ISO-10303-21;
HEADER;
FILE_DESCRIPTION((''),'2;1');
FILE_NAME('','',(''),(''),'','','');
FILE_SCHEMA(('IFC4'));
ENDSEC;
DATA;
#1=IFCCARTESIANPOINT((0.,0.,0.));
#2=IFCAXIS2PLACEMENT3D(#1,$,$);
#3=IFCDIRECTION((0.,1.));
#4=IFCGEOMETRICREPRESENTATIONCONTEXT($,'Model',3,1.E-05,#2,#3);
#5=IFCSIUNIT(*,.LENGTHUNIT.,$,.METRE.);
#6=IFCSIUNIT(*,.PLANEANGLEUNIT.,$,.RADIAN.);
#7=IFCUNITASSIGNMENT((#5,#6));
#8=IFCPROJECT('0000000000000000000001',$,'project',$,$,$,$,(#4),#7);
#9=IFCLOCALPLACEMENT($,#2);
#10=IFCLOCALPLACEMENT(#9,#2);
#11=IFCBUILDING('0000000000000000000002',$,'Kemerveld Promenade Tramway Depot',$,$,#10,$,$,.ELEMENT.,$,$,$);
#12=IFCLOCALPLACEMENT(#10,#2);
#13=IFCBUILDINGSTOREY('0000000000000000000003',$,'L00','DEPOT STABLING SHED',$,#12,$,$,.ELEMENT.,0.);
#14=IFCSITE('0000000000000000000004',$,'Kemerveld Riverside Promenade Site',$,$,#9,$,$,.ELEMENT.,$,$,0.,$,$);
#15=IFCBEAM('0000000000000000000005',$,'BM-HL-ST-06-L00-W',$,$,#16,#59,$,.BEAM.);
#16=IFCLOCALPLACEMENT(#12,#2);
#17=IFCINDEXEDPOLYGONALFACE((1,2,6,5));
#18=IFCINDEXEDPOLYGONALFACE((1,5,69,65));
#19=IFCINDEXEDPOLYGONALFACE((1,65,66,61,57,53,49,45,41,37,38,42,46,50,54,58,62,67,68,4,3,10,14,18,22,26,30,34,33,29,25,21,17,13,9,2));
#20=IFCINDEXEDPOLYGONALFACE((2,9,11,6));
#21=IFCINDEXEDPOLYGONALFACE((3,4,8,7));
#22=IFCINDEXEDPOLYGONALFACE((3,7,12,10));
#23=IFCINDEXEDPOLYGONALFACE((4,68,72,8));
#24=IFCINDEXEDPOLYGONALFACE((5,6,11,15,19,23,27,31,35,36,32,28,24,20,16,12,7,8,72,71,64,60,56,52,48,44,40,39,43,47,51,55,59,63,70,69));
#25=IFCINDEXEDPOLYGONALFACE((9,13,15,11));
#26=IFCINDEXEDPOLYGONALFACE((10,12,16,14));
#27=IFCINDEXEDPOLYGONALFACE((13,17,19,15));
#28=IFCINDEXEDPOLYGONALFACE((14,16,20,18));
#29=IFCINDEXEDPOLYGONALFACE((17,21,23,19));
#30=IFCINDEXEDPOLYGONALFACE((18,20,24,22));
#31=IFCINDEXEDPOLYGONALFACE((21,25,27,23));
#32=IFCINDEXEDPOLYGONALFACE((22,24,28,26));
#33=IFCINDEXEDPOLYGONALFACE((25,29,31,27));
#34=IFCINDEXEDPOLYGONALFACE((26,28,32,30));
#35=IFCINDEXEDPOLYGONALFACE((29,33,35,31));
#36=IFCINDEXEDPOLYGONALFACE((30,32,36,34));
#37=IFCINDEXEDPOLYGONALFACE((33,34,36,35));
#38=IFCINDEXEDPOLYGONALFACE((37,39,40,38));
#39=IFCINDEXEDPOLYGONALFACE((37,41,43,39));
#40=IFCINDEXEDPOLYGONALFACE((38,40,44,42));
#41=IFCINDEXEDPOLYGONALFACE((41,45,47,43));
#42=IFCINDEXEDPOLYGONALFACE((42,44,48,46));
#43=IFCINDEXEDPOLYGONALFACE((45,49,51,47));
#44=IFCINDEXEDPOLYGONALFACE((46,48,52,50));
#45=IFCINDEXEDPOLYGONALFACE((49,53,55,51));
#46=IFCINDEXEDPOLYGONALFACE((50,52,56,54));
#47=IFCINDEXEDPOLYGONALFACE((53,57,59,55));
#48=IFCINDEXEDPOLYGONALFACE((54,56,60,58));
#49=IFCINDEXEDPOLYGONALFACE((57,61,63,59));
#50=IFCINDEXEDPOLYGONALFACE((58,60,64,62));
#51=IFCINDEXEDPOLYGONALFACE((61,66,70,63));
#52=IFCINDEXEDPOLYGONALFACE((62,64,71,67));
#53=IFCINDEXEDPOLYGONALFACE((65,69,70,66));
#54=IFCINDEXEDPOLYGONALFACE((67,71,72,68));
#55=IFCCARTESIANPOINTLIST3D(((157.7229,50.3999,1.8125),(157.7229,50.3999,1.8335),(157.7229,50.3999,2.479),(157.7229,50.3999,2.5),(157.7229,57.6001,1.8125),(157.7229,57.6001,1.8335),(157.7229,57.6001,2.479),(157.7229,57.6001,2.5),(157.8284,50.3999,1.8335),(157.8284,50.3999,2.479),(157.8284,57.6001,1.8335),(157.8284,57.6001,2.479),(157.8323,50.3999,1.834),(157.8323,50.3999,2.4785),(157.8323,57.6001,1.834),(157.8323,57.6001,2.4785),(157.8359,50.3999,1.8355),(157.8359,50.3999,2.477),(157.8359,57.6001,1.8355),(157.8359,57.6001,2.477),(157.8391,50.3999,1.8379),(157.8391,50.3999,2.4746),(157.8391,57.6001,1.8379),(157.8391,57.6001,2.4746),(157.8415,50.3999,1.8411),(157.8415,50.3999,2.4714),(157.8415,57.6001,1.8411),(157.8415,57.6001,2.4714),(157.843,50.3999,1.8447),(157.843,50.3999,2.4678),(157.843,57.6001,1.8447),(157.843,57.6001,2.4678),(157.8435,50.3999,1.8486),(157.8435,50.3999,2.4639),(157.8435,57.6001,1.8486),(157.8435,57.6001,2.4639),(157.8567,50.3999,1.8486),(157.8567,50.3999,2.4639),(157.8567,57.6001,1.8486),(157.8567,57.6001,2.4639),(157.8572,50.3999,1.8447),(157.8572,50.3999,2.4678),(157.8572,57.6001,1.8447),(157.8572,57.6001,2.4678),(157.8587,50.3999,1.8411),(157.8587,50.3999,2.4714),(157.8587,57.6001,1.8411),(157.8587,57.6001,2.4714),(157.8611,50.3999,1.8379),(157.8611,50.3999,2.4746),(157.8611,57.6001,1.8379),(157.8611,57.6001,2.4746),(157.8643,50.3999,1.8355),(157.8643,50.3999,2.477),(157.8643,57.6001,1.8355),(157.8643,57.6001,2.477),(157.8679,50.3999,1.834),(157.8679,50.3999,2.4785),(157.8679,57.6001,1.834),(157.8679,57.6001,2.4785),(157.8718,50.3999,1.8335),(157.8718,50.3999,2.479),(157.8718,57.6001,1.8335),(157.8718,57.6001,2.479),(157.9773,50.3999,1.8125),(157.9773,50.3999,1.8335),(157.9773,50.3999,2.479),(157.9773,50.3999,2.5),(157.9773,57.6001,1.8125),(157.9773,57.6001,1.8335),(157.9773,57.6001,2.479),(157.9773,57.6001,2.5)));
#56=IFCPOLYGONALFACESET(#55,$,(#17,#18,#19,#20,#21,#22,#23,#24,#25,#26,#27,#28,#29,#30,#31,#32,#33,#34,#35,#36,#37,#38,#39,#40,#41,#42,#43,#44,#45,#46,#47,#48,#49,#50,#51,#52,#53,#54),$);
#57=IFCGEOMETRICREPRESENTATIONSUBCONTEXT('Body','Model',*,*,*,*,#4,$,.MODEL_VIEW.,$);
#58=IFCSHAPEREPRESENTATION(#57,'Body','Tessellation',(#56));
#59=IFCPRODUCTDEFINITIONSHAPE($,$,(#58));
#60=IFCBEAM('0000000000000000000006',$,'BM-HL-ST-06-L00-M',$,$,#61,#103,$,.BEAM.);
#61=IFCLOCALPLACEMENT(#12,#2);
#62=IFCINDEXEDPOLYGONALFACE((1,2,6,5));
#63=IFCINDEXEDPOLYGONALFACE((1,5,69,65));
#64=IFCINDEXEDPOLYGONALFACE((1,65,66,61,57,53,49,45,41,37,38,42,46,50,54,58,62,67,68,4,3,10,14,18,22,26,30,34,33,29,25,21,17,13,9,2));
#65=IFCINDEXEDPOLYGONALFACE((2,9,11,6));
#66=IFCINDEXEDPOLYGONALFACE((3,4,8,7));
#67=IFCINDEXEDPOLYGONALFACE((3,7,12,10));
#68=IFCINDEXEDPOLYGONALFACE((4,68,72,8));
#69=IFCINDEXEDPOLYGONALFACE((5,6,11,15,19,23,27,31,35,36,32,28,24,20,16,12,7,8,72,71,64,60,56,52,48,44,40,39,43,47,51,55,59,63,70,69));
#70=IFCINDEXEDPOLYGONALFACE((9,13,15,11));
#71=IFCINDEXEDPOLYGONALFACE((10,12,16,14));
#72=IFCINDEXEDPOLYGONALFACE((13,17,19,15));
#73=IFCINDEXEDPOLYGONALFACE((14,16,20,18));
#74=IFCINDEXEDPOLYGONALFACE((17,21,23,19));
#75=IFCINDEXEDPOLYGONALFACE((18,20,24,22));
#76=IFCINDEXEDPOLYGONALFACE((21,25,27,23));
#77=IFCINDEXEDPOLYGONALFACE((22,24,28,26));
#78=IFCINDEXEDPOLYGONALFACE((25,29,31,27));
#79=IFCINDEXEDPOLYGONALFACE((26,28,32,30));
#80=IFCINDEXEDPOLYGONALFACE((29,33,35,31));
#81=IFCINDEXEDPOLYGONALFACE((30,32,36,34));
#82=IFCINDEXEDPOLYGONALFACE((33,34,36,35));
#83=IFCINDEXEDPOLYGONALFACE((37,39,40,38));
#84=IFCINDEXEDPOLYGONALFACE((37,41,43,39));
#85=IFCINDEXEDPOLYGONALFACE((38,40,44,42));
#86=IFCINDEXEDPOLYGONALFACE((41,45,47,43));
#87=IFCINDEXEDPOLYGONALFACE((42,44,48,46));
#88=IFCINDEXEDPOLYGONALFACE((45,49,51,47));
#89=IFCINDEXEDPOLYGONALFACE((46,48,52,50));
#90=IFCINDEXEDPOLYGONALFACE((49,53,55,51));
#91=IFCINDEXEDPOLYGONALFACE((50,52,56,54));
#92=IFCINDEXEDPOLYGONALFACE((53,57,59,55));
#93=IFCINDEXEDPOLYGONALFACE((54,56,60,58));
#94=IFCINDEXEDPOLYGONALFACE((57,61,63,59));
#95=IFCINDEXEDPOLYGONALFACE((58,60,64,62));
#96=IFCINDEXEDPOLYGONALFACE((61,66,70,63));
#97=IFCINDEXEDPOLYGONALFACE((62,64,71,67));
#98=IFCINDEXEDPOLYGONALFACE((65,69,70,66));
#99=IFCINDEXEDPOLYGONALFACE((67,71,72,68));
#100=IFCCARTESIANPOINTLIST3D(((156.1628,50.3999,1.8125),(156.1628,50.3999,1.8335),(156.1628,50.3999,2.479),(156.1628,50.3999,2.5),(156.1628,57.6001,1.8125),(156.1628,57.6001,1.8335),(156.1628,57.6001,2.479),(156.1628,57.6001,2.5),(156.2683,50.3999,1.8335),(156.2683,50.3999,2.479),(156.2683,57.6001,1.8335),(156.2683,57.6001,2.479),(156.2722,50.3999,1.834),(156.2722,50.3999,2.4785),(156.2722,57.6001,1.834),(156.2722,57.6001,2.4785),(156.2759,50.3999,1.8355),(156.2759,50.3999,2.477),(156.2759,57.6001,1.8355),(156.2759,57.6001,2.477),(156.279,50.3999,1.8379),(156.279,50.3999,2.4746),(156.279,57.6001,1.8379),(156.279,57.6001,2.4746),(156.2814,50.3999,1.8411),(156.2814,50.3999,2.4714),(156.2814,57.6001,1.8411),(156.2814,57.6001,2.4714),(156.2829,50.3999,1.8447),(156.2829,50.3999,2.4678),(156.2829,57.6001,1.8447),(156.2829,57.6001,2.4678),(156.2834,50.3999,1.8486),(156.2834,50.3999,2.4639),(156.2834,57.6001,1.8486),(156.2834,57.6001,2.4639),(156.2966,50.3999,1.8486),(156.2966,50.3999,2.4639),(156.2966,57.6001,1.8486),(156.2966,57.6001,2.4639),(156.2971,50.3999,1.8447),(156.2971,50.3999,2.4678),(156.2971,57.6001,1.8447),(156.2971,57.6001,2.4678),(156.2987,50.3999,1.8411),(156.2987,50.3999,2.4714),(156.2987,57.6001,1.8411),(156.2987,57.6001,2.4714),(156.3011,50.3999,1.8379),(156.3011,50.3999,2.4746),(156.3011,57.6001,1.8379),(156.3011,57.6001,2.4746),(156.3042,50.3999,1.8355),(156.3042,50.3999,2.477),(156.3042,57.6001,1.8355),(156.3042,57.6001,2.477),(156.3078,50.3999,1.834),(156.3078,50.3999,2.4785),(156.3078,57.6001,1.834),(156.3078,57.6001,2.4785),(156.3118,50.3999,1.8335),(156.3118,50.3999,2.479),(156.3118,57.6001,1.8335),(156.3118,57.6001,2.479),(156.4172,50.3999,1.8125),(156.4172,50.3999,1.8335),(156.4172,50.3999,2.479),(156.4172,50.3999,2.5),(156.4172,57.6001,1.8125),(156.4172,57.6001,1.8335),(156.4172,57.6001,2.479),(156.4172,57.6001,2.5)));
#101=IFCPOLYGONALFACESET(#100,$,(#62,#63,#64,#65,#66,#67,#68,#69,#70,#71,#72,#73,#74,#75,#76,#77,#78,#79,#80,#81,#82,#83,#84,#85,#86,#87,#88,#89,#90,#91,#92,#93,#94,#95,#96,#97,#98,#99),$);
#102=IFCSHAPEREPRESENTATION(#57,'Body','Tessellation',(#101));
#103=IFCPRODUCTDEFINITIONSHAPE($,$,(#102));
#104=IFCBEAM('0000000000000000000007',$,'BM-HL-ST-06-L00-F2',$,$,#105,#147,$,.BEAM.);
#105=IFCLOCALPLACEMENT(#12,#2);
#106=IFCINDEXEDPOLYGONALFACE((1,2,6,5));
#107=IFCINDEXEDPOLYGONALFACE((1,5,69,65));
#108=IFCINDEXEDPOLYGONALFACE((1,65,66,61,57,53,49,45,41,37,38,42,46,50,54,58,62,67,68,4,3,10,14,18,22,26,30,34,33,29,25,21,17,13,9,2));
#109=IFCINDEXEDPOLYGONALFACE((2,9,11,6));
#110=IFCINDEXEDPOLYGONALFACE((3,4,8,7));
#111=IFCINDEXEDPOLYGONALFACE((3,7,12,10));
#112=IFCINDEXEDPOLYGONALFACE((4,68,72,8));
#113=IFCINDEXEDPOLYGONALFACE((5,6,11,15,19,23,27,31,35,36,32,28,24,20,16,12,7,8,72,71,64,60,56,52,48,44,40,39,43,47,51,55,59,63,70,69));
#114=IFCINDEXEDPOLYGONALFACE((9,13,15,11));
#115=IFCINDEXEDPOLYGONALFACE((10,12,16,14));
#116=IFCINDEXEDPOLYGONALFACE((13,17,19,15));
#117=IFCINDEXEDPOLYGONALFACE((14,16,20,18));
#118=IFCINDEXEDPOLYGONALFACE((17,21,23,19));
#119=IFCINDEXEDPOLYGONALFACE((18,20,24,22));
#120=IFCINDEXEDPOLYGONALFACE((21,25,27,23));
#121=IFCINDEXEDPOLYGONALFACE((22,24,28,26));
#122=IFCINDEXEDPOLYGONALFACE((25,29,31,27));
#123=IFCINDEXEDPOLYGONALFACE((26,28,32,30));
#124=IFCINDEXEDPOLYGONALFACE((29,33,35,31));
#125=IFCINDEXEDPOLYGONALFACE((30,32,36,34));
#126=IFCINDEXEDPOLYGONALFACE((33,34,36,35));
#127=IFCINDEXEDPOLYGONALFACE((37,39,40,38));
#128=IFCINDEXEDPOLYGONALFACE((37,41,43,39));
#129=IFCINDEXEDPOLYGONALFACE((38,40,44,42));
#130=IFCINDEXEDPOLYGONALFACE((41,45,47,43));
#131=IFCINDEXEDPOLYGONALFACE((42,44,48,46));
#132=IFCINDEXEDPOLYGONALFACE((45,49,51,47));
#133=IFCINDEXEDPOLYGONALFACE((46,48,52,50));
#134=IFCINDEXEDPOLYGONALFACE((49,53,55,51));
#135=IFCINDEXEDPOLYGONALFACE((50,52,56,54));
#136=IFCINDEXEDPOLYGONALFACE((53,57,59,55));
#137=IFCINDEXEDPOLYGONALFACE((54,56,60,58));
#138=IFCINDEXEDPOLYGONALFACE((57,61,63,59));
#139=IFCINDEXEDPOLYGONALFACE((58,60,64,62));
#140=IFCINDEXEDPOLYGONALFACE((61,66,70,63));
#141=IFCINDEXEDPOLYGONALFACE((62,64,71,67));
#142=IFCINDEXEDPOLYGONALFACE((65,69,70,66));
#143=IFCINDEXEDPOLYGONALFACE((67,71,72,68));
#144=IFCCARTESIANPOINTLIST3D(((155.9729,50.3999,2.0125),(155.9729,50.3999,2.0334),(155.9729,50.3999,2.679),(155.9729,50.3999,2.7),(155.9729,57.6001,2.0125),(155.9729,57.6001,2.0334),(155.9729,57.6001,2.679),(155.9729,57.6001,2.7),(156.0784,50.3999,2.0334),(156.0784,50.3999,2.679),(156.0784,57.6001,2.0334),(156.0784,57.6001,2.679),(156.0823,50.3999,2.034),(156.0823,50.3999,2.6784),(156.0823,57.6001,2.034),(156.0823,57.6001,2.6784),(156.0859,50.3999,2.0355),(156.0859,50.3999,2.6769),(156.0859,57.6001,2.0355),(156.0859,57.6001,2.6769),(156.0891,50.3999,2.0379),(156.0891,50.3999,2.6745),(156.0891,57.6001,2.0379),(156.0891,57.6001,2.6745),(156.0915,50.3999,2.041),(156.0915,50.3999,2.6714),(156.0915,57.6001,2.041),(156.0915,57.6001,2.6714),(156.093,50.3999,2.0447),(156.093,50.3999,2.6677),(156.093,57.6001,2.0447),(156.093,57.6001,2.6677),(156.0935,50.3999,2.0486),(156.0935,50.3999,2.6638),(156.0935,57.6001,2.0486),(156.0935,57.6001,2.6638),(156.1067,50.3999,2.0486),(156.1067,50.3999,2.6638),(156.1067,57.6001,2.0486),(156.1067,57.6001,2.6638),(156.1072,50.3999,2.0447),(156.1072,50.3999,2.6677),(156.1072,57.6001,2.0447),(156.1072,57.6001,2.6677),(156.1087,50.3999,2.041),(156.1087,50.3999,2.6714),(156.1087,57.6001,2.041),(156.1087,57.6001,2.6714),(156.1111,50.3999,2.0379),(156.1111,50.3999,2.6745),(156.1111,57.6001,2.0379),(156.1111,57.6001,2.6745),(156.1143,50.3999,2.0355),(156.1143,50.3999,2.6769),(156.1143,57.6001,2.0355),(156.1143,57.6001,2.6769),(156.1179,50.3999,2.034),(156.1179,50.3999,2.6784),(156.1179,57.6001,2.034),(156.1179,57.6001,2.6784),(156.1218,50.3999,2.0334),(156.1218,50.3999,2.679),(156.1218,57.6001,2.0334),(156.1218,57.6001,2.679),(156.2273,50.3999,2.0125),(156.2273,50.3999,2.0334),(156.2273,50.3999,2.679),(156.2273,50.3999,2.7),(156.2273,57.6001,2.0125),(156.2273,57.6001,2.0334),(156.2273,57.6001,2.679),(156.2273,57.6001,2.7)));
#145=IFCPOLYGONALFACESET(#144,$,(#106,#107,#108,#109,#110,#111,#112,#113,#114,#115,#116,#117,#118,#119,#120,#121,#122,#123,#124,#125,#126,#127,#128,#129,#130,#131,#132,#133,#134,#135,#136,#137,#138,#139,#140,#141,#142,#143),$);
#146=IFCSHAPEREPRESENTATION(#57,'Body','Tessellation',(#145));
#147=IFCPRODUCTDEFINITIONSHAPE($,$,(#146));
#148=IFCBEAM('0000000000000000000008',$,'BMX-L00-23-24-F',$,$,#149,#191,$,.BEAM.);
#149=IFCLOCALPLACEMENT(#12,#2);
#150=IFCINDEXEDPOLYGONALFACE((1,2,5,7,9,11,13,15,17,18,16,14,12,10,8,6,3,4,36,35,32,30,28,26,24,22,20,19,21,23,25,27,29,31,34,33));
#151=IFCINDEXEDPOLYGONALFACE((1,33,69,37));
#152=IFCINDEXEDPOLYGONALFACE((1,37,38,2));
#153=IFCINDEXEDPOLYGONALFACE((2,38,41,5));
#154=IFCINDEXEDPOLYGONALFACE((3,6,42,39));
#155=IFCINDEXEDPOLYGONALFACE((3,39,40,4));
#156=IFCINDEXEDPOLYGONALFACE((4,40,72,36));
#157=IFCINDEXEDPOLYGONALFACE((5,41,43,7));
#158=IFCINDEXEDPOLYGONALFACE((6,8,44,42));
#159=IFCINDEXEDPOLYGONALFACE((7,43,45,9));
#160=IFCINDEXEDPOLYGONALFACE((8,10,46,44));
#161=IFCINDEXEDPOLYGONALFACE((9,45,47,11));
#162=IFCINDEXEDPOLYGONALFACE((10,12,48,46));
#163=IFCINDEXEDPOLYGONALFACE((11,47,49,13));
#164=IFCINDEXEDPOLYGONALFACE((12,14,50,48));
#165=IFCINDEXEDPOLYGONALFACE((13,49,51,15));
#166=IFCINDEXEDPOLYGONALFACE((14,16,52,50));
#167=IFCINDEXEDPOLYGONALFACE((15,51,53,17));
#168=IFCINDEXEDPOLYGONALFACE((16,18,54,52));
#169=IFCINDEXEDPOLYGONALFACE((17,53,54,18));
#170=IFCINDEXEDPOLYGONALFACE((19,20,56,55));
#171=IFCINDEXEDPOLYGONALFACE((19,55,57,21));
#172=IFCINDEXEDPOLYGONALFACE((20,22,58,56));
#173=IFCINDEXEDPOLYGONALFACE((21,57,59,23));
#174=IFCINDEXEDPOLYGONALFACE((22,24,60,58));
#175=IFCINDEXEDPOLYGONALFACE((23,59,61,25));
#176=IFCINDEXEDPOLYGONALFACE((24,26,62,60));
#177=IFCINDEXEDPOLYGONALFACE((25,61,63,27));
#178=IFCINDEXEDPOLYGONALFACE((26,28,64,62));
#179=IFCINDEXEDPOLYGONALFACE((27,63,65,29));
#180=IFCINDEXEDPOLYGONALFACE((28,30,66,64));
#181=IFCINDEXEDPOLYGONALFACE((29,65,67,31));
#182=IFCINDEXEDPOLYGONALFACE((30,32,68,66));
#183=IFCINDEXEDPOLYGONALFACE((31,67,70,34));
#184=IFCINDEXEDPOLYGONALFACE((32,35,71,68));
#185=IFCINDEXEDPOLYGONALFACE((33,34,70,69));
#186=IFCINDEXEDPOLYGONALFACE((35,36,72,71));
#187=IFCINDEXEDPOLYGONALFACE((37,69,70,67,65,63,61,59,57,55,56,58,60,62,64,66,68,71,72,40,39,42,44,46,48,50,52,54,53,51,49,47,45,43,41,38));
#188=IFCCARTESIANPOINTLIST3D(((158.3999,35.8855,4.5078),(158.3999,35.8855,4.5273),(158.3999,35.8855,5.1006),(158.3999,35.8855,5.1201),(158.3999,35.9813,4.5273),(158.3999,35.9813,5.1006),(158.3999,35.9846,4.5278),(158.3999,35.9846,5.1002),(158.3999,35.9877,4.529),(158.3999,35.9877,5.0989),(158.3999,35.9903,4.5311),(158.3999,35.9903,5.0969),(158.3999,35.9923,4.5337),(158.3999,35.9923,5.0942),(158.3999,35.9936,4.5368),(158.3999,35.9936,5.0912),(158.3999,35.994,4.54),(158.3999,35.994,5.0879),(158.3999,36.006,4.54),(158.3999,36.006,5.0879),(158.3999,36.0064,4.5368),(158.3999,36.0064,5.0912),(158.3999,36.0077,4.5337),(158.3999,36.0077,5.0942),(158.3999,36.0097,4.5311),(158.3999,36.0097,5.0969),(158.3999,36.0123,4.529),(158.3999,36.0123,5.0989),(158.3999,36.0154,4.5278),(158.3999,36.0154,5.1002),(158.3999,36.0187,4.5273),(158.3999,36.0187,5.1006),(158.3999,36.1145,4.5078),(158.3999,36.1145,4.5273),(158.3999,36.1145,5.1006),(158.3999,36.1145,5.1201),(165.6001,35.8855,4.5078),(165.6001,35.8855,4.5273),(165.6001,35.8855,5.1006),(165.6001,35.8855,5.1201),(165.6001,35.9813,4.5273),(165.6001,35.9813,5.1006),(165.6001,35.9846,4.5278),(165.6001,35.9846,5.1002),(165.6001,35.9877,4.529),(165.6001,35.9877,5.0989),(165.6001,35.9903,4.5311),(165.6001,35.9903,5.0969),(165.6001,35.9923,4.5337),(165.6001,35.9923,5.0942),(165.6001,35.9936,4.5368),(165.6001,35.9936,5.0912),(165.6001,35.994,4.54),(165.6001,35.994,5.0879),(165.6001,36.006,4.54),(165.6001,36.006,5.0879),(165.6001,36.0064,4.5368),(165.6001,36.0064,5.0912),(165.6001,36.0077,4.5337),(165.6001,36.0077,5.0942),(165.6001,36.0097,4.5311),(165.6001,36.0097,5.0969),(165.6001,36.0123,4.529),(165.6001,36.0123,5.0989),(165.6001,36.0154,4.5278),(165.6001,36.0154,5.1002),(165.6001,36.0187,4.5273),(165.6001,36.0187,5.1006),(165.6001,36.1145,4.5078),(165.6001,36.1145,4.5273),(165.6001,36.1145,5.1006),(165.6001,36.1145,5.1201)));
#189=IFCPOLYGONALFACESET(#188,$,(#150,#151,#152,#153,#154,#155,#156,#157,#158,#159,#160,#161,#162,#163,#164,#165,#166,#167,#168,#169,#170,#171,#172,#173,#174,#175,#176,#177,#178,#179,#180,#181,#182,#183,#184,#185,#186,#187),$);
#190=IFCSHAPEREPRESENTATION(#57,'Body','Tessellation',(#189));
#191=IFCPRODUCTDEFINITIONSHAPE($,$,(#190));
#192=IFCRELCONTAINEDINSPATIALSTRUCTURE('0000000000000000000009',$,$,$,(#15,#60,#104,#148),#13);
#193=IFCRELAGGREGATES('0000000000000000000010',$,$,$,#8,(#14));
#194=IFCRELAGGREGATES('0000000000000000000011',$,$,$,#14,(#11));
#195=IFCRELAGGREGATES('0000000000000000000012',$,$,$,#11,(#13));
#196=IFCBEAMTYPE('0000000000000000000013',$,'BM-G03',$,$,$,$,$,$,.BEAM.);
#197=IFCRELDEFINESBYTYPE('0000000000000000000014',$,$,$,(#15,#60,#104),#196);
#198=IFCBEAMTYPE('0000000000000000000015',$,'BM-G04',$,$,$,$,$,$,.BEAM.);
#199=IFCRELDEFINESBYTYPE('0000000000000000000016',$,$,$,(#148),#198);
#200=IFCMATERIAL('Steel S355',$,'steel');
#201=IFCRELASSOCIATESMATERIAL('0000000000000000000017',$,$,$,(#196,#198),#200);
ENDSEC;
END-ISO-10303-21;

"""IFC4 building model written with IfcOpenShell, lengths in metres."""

from ifc_helpers import new_model, si_unit, direction, frame, origin, origin_2d, place, context, subcontext, project, spatial, i_section, extrude, material, material_profile, profile_set, type_object, element, save


model = new_model("IFC4")

# Units and contexts
model_context = context("Model", 3, precision=1e-05, world=origin(), true_north=direction((0.0, 1.0)))
body_context = subcontext(model_context, "Body", "Model", "MODEL_VIEW")
ifc_project = project(units=[si_unit("LENGTHUNIT", "METRE"), si_unit("PLANEANGLEUNIT", "RADIAN")], contexts=[model_context])

# Site, building, storey
site_placement = place(None, origin())
site = spatial("IfcSite", under=ifc_project, at=site_placement, Name="Kemerveld Riverside Promenade Site", CompositionType="ELEMENT", RefElevation=0.0)
building_placement = place(site_placement, origin())
building = spatial("IfcBuilding", under=site, at=building_placement, Name="Kemerveld Promenade Tramway Depot", CompositionType="ELEMENT")
storey_placement = place(building_placement, origin())
storey = spatial("IfcBuildingStorey", under=building, at=storey_placement, Name="L00", Description="DEPOT STABLING SHED", CompositionType="ELEMENT", Elevation=0.0)

# Shared definitions
ifc_material_1 = material(Name="Steel S355", Category="steel")

# Beams
ifc_material_profile_1 = material_profile(ifc_material_1, i_section(OverallWidth=0.2544, OverallDepth=0.6875, WebThickness=0.0132, FlangeThickness=0.021, FilletRadius=0.0151, at=origin_2d()), Name="686x254x152 UB")
ifc_profile_set_1 = profile_set([ifc_material_profile_1], Name="Steel S355")
beam_type_1 = type_object("IfcBeamType", Name="BM-G03", PredefinedType="BEAM", material=ifc_profile_set_1)
for number, where, z_axis, x_axis, name in (
    (1, (157.8501, 50.3999, 2.1562), (0.0, 1.0, 0.0), (-1.0, 0.0, 0.0), "BM-HL-ST-06-L00-W"),
    (2, (156.29, 50.3999, 2.1562), (0.0, 1.0, 0.0), (-1.0, 0.0, 0.0), "BM-HL-ST-06-L00-M"),
    (3, (156.1001, 50.3999, 2.3562), (0.0, 1.0, 0.0), (-1.0, 0.0, 0.0), "BM-HL-ST-06-L00-F2"),
):
    element("IfcBeam", number, at=place(storey_placement, frame(where, z_axis=z_axis, x_axis=x_axis)), inside=storey, type_object=beam_type_1, Name=name, PredefinedType="BEAM", context=body_context, shape_type="SweptSolid", body=[
        extrude(i_section(OverallWidth=0.2544, OverallDepth=0.6875, WebThickness=0.0132, FlangeThickness=0.021, FilletRadius=0.0151, at=origin_2d()), origin(), (0.0, 0.0, 1.0), 7.2002),
    ])
ifc_material_profile_2 = material_profile(ifc_material_1, i_section(OverallWidth=0.229, OverallDepth=0.6123, WebThickness=0.012, FlangeThickness=0.0195, FilletRadius=0.0127, at=origin_2d()), Name="610x229x125 UB")
ifc_profile_set_2 = profile_set([ifc_material_profile_2], Name="Steel S355")
beam_type_2 = type_object("IfcBeamType", Name="BM-G04", PredefinedType="BEAM", material=ifc_profile_set_2)
beam_1_placement = place(storey_placement, frame((158.3999, 36.0, 4.814), z_axis=(1.0, 0.0, 0.0), x_axis=(0.0, 1.0, 0.0)))
element("IfcBeam", 4, at=beam_1_placement, inside=storey, type_object=beam_type_2, Name="BMX-L00-23-24-F", PredefinedType="BEAM", context=body_context, shape_type="SweptSolid", body=[
    extrude(i_section(OverallWidth=0.229, OverallDepth=0.6123, WebThickness=0.012, FlangeThickness=0.0195, FilletRadius=0.0127, at=origin_2d()), origin(), (0.0, 0.0, 1.0), 7.2002),
])

save(model, "model.ifc")
